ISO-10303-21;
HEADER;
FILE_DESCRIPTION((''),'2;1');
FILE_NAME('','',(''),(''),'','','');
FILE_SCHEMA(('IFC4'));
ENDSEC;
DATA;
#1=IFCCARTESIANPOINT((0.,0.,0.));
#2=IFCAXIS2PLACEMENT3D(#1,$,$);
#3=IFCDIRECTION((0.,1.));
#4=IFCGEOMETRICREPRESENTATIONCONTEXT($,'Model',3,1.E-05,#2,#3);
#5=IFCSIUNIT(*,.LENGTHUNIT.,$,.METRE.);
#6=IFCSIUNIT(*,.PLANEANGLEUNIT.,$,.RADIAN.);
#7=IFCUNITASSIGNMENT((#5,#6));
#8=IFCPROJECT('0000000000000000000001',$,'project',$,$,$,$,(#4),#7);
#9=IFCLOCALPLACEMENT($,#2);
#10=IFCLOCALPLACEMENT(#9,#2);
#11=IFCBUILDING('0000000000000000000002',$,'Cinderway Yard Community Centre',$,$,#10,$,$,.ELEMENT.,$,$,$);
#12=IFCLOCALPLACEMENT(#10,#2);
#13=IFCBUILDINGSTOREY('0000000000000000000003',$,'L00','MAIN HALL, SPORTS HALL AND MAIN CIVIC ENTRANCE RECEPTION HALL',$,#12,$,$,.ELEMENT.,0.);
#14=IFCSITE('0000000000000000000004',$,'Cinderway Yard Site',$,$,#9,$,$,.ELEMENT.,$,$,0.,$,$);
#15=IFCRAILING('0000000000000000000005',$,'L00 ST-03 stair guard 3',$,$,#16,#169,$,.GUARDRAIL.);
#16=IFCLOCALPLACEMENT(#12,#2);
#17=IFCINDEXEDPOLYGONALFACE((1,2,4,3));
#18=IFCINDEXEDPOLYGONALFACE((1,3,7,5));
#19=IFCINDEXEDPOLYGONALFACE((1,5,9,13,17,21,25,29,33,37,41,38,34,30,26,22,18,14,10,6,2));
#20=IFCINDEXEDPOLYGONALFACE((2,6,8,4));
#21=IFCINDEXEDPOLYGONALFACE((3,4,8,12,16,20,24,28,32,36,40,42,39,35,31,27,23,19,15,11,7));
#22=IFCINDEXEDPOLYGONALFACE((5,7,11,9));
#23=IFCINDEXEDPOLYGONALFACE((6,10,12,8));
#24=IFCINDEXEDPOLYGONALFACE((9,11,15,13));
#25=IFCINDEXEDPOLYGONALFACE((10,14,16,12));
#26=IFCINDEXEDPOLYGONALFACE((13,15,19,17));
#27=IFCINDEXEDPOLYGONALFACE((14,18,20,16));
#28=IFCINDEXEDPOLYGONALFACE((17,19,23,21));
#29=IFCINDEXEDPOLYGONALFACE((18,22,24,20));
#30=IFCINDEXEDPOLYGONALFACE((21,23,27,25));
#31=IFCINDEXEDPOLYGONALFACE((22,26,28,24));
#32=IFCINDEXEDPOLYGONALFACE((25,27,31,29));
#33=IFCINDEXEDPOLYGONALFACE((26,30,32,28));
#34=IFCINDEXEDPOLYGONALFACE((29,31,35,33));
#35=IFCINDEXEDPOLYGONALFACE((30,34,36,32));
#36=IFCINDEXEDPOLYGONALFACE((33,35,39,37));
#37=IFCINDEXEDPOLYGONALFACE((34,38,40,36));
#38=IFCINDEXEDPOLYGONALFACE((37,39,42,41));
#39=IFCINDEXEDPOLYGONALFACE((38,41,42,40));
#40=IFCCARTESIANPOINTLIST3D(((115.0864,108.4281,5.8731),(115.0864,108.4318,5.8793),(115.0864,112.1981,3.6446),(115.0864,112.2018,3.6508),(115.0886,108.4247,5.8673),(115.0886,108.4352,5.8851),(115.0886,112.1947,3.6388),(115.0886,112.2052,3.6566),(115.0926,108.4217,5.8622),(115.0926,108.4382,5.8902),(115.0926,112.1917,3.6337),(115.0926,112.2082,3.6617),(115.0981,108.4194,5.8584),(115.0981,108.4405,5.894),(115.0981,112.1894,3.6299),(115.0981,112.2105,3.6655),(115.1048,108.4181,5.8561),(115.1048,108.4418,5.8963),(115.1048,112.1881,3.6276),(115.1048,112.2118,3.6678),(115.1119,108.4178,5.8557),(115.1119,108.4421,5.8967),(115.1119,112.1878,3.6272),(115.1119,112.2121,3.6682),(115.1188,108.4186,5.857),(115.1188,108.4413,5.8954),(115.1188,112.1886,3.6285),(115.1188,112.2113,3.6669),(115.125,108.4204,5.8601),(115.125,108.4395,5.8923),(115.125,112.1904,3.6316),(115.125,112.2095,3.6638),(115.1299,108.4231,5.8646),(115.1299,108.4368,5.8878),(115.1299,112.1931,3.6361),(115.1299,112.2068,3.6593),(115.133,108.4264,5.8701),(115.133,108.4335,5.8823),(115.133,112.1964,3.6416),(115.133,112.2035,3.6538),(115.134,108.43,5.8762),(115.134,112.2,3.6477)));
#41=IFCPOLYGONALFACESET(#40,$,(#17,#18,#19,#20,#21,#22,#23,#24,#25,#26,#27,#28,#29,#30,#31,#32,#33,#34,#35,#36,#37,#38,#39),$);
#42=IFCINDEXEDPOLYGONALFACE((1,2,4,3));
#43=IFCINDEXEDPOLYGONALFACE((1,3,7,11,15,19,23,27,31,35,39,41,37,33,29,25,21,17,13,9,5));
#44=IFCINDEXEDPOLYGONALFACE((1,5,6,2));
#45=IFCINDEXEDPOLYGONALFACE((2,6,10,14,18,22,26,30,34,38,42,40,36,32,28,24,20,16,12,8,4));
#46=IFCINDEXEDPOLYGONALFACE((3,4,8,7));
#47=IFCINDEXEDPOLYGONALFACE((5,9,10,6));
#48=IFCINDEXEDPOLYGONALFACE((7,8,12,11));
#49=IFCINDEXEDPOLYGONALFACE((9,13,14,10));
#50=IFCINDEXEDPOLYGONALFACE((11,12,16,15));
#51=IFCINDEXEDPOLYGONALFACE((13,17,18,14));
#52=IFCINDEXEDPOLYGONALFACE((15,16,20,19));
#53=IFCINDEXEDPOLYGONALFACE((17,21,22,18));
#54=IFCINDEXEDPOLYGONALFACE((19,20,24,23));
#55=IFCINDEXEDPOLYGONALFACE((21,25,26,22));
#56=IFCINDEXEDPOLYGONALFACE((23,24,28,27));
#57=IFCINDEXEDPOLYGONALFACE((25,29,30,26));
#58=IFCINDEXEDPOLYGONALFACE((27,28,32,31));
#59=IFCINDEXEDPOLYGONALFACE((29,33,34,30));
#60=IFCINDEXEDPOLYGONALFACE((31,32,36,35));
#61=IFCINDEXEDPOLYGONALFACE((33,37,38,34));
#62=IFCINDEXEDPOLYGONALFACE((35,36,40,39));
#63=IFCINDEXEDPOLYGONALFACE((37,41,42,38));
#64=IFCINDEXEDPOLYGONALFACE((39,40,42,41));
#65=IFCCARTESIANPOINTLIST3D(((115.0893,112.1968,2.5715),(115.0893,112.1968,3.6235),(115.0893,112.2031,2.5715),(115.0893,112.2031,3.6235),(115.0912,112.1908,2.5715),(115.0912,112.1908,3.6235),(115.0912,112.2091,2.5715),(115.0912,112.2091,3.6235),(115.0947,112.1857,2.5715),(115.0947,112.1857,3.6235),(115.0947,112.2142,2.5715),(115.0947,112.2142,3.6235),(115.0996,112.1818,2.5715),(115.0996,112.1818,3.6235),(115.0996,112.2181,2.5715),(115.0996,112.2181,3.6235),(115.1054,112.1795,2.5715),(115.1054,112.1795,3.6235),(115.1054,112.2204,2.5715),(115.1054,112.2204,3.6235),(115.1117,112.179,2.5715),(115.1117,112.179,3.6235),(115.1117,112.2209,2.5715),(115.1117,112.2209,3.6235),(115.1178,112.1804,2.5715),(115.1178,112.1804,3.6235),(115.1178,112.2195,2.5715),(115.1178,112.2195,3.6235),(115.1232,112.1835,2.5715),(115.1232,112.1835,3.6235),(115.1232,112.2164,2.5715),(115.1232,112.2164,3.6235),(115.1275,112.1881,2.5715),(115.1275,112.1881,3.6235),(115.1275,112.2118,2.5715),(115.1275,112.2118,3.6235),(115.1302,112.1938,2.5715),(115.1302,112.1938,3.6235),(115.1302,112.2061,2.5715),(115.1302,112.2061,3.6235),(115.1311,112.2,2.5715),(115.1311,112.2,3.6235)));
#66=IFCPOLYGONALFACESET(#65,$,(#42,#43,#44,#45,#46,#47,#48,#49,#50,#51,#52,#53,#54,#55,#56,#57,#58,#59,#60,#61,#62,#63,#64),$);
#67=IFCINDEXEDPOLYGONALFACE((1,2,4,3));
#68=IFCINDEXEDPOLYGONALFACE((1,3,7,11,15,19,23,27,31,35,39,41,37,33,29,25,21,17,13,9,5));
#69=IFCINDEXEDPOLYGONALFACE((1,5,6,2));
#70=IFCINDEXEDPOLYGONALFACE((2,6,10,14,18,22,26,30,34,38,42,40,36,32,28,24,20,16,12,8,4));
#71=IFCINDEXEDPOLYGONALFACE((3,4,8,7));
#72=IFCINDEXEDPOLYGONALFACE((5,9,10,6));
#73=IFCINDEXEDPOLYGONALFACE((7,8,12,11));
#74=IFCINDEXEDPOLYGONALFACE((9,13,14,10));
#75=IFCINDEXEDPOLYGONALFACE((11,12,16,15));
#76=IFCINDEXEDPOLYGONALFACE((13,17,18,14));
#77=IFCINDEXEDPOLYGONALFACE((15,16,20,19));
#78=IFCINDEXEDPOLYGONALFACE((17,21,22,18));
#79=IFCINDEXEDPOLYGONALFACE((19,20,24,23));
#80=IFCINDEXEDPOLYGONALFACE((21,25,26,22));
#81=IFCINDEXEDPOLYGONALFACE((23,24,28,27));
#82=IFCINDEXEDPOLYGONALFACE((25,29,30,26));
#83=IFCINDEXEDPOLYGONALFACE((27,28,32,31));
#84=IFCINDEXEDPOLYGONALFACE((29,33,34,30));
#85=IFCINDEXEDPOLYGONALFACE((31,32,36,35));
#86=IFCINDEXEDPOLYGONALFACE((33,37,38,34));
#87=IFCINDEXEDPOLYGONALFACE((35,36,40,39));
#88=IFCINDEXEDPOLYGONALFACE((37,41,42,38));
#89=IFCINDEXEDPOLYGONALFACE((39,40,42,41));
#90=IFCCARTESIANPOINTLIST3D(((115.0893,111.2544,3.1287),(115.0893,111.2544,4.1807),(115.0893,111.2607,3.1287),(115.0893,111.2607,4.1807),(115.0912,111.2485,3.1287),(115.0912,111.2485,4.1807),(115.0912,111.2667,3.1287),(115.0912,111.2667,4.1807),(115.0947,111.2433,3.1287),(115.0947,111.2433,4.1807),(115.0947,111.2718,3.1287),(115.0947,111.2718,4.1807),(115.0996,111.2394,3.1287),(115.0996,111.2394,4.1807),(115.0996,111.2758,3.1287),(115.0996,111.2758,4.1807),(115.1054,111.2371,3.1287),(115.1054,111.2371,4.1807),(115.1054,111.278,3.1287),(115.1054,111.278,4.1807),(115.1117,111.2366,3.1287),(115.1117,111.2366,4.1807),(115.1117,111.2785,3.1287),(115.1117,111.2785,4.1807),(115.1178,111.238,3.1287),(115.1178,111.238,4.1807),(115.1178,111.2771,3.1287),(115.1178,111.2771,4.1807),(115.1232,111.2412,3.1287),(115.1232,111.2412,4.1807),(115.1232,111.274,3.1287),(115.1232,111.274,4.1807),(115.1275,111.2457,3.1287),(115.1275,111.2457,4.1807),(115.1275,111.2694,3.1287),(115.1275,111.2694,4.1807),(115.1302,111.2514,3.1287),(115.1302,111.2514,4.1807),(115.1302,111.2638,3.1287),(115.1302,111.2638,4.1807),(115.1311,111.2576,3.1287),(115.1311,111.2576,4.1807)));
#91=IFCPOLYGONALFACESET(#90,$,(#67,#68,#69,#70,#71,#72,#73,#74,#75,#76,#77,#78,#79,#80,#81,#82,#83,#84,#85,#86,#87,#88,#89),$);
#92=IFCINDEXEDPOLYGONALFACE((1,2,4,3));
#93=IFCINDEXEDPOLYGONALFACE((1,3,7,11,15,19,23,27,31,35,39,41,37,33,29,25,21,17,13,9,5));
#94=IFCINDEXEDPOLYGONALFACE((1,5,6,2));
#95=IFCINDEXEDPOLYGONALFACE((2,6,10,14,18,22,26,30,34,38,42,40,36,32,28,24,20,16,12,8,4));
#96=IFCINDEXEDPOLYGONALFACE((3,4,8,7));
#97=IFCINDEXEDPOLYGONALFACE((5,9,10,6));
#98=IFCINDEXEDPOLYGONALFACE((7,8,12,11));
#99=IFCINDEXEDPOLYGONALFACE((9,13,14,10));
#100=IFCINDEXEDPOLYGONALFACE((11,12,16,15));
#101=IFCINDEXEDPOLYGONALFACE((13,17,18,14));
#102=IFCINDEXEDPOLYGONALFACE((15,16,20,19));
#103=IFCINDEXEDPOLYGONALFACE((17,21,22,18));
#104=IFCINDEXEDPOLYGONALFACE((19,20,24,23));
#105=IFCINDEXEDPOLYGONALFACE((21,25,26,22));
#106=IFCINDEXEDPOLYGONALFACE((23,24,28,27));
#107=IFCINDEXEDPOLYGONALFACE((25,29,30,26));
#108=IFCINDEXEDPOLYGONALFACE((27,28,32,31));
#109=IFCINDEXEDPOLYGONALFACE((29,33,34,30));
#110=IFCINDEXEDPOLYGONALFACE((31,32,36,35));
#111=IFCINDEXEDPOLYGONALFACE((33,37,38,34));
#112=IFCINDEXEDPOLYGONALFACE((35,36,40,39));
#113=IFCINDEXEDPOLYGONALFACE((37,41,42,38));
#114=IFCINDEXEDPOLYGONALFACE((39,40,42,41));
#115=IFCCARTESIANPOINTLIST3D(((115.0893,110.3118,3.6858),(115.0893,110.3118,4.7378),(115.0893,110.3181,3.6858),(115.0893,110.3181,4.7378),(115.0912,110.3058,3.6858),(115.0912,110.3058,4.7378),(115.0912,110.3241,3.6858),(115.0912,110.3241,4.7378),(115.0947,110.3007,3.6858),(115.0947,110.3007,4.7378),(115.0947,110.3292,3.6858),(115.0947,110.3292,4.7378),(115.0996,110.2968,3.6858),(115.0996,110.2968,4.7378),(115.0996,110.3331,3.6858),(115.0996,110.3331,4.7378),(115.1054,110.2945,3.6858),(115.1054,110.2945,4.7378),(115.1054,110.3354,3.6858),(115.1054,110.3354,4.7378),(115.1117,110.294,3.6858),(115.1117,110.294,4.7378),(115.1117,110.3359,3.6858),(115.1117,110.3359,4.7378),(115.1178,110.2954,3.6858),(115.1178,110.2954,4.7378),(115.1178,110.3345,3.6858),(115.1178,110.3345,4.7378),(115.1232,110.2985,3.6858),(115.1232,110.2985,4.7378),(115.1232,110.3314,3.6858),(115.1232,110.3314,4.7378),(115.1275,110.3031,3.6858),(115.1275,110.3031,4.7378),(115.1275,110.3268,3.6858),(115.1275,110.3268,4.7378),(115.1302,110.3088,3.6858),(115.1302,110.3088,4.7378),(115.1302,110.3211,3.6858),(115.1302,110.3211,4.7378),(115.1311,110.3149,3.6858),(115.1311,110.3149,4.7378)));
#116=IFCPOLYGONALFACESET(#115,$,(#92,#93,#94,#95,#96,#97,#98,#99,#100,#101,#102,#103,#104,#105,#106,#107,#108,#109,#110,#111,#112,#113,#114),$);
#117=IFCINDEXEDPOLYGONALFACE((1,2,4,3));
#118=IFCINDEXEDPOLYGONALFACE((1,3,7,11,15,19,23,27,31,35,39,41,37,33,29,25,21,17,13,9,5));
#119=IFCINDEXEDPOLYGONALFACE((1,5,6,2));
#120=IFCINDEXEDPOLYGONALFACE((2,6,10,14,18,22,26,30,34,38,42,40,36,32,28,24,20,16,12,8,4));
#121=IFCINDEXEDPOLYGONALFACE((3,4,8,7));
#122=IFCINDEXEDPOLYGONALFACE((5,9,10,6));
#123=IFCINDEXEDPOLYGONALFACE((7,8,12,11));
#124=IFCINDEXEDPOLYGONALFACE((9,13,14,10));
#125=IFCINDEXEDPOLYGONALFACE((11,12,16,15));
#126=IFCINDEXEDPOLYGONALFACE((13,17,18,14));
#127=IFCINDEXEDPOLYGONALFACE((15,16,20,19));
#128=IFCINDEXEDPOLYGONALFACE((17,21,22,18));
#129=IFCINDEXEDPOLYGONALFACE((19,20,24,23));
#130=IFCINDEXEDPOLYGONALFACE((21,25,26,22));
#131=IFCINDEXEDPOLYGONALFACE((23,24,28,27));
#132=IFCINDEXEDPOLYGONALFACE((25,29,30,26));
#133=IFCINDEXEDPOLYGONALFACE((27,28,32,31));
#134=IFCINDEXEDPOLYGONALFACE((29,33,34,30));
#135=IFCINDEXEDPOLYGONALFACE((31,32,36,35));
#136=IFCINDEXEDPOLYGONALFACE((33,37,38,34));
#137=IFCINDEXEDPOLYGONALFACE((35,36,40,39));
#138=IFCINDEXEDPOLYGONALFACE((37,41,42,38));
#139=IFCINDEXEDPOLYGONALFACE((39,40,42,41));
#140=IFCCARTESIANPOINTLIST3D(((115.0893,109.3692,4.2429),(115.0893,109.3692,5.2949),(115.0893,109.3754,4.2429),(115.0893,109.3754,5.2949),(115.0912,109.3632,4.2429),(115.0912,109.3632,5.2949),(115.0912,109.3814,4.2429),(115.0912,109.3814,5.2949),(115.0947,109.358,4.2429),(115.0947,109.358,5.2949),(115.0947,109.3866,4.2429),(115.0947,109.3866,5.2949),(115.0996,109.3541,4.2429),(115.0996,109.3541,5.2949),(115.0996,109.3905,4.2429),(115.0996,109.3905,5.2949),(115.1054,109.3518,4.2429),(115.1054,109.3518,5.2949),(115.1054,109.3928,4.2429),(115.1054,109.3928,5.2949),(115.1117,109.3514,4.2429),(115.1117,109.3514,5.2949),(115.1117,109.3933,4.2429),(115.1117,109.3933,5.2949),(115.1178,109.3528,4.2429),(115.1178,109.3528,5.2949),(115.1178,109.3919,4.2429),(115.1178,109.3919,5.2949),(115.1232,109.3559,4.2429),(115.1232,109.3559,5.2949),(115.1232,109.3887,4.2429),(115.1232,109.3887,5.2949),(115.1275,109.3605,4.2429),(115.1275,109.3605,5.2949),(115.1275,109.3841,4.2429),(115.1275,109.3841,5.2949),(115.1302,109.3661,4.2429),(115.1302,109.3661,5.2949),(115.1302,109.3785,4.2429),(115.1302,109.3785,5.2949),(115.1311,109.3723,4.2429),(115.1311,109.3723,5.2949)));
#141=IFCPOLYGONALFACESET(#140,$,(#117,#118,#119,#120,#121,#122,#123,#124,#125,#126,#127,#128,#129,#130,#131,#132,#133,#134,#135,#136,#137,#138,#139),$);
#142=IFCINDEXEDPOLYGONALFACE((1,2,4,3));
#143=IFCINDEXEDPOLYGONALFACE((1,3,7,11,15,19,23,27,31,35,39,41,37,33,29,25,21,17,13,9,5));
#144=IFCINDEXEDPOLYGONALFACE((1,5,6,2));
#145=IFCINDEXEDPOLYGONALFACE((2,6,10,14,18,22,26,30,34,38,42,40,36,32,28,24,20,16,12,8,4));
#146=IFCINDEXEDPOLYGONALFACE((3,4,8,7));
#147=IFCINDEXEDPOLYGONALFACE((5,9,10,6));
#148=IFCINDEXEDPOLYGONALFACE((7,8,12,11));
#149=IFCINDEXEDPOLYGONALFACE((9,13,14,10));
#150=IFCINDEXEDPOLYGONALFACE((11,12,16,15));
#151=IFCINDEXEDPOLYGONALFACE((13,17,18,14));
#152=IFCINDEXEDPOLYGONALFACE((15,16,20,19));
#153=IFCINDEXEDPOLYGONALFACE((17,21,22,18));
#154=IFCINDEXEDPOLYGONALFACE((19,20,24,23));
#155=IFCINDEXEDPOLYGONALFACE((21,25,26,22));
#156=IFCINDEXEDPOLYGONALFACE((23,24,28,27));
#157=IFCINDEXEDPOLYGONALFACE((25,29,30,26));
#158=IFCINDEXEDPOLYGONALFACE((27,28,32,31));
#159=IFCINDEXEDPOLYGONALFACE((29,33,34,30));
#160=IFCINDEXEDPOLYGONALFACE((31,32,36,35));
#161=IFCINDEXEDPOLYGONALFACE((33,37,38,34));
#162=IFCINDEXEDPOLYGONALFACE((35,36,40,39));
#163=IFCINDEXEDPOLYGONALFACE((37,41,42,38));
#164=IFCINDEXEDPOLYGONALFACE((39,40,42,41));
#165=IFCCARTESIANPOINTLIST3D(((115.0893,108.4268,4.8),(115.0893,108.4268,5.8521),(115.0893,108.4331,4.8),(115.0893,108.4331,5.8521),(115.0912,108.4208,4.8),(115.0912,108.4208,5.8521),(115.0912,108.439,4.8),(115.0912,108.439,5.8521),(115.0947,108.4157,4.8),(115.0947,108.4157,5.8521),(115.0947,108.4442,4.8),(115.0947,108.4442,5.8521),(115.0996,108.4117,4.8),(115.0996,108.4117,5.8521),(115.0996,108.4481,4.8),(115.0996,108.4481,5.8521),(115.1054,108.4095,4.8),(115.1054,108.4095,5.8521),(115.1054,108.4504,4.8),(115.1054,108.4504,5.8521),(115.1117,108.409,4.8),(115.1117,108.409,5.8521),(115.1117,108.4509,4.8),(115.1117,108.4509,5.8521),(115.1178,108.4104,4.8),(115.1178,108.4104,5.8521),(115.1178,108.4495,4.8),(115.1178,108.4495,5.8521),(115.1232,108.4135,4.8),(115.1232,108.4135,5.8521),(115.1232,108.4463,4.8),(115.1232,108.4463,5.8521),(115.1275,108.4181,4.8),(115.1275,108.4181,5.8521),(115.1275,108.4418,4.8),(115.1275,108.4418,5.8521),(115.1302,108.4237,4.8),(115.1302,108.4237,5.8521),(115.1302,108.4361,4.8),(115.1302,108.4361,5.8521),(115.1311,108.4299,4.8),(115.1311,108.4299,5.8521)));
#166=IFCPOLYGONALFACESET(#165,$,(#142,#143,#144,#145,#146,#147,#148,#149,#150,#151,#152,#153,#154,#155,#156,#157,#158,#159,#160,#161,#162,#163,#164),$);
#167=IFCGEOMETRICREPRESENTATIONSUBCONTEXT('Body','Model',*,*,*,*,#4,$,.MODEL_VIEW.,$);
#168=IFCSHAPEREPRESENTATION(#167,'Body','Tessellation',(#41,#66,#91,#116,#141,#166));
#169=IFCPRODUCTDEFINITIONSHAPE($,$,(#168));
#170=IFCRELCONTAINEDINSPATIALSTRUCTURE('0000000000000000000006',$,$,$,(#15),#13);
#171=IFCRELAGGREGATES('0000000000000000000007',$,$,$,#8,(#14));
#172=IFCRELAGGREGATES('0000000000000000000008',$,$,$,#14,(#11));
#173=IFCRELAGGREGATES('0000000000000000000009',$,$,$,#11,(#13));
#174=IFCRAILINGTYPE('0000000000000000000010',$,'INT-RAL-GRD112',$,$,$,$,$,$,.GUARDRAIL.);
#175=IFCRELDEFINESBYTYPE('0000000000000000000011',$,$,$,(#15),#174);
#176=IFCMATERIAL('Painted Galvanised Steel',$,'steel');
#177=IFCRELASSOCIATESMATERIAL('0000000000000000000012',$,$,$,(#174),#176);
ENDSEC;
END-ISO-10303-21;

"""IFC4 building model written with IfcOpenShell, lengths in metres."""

from ifc_helpers import new_model, si_unit, direction, frame, origin, origin_2d, place, context, subcontext, project, spatial, circle, extrude, material, type_object, element, save


model = new_model("IFC4")

# Units and contexts
model_context = context("Model", 3, precision=1e-05, world=origin(), true_north=direction((0.0, 1.0)))
body_context = subcontext(model_context, "Body", "Model", "MODEL_VIEW")
ifc_project = project(units=[si_unit("LENGTHUNIT", "METRE"), si_unit("PLANEANGLEUNIT", "RADIAN")], contexts=[model_context])

# Site, building, storey
site_placement = place(None, origin())
site = spatial("IfcSite", under=ifc_project, at=site_placement, Name="Cinderway Yard Site", CompositionType="ELEMENT", RefElevation=0.0)
building_placement = place(site_placement, origin())
building = spatial("IfcBuilding", under=site, at=building_placement, Name="Cinderway Yard Community Centre", CompositionType="ELEMENT")
storey_placement = place(building_placement, origin())
storey = spatial("IfcBuildingStorey", under=building, at=storey_placement, Name="L00", Description="MAIN HALL, SPORTS HALL AND MAIN CIVIC ENTRANCE RECEPTION HALL", CompositionType="ELEMENT", Elevation=0.0)

# Railing
ifc_material_1 = material(Name="Painted Galvanised Steel", Category="steel")
railing_type_1 = type_object("IfcRailingType", Name="INT-RAL-GRD112", PredefinedType="GUARDRAIL", material=ifc_material_1)
railing_1_placement = place(storey_placement, frame((115.1101, 112.2, 2.5715)))
element("IfcRailing", 1, at=railing_1_placement, inside=storey, type_object=railing_type_1, Name="L00 ST-03 stair guard 3", PredefinedType="GUARDRAIL", context=body_context, shape_type="SweptSolid", body=[
    extrude(circle(Radius=0.0239, at=origin_2d()), frame((0.0, 0.0, 1.0762), z_axis=(0.0, -0.860849, 0.508861), x_axis=(1.0, 0.0, 0.0)), (0.0, 0.0, 1.0), 4.3794),
    extrude(circle(Radius=0.021, at=origin_2d()), origin(), (0.0, 0.0, 1.0), 1.052),
    extrude(circle(Radius=0.021, at=origin_2d()), frame((0.0, -0.9424, 0.5571)), (0.0, 0.0, 1.0), 1.052),
    extrude(circle(Radius=0.021, at=origin_2d()), frame((0.0, -1.885, 1.1143)), (0.0, 0.0, 1.0), 1.052),
    extrude(circle(Radius=0.021, at=origin_2d()), frame((0.0, -2.8276, 1.6714)), (0.0, 0.0, 1.0), 1.052),
    extrude(circle(Radius=0.021, at=origin_2d()), frame((0.0, -3.77, 2.2285)), (0.0, 0.0, 1.0), 1.052),
])

save(model, "model.ifc")
